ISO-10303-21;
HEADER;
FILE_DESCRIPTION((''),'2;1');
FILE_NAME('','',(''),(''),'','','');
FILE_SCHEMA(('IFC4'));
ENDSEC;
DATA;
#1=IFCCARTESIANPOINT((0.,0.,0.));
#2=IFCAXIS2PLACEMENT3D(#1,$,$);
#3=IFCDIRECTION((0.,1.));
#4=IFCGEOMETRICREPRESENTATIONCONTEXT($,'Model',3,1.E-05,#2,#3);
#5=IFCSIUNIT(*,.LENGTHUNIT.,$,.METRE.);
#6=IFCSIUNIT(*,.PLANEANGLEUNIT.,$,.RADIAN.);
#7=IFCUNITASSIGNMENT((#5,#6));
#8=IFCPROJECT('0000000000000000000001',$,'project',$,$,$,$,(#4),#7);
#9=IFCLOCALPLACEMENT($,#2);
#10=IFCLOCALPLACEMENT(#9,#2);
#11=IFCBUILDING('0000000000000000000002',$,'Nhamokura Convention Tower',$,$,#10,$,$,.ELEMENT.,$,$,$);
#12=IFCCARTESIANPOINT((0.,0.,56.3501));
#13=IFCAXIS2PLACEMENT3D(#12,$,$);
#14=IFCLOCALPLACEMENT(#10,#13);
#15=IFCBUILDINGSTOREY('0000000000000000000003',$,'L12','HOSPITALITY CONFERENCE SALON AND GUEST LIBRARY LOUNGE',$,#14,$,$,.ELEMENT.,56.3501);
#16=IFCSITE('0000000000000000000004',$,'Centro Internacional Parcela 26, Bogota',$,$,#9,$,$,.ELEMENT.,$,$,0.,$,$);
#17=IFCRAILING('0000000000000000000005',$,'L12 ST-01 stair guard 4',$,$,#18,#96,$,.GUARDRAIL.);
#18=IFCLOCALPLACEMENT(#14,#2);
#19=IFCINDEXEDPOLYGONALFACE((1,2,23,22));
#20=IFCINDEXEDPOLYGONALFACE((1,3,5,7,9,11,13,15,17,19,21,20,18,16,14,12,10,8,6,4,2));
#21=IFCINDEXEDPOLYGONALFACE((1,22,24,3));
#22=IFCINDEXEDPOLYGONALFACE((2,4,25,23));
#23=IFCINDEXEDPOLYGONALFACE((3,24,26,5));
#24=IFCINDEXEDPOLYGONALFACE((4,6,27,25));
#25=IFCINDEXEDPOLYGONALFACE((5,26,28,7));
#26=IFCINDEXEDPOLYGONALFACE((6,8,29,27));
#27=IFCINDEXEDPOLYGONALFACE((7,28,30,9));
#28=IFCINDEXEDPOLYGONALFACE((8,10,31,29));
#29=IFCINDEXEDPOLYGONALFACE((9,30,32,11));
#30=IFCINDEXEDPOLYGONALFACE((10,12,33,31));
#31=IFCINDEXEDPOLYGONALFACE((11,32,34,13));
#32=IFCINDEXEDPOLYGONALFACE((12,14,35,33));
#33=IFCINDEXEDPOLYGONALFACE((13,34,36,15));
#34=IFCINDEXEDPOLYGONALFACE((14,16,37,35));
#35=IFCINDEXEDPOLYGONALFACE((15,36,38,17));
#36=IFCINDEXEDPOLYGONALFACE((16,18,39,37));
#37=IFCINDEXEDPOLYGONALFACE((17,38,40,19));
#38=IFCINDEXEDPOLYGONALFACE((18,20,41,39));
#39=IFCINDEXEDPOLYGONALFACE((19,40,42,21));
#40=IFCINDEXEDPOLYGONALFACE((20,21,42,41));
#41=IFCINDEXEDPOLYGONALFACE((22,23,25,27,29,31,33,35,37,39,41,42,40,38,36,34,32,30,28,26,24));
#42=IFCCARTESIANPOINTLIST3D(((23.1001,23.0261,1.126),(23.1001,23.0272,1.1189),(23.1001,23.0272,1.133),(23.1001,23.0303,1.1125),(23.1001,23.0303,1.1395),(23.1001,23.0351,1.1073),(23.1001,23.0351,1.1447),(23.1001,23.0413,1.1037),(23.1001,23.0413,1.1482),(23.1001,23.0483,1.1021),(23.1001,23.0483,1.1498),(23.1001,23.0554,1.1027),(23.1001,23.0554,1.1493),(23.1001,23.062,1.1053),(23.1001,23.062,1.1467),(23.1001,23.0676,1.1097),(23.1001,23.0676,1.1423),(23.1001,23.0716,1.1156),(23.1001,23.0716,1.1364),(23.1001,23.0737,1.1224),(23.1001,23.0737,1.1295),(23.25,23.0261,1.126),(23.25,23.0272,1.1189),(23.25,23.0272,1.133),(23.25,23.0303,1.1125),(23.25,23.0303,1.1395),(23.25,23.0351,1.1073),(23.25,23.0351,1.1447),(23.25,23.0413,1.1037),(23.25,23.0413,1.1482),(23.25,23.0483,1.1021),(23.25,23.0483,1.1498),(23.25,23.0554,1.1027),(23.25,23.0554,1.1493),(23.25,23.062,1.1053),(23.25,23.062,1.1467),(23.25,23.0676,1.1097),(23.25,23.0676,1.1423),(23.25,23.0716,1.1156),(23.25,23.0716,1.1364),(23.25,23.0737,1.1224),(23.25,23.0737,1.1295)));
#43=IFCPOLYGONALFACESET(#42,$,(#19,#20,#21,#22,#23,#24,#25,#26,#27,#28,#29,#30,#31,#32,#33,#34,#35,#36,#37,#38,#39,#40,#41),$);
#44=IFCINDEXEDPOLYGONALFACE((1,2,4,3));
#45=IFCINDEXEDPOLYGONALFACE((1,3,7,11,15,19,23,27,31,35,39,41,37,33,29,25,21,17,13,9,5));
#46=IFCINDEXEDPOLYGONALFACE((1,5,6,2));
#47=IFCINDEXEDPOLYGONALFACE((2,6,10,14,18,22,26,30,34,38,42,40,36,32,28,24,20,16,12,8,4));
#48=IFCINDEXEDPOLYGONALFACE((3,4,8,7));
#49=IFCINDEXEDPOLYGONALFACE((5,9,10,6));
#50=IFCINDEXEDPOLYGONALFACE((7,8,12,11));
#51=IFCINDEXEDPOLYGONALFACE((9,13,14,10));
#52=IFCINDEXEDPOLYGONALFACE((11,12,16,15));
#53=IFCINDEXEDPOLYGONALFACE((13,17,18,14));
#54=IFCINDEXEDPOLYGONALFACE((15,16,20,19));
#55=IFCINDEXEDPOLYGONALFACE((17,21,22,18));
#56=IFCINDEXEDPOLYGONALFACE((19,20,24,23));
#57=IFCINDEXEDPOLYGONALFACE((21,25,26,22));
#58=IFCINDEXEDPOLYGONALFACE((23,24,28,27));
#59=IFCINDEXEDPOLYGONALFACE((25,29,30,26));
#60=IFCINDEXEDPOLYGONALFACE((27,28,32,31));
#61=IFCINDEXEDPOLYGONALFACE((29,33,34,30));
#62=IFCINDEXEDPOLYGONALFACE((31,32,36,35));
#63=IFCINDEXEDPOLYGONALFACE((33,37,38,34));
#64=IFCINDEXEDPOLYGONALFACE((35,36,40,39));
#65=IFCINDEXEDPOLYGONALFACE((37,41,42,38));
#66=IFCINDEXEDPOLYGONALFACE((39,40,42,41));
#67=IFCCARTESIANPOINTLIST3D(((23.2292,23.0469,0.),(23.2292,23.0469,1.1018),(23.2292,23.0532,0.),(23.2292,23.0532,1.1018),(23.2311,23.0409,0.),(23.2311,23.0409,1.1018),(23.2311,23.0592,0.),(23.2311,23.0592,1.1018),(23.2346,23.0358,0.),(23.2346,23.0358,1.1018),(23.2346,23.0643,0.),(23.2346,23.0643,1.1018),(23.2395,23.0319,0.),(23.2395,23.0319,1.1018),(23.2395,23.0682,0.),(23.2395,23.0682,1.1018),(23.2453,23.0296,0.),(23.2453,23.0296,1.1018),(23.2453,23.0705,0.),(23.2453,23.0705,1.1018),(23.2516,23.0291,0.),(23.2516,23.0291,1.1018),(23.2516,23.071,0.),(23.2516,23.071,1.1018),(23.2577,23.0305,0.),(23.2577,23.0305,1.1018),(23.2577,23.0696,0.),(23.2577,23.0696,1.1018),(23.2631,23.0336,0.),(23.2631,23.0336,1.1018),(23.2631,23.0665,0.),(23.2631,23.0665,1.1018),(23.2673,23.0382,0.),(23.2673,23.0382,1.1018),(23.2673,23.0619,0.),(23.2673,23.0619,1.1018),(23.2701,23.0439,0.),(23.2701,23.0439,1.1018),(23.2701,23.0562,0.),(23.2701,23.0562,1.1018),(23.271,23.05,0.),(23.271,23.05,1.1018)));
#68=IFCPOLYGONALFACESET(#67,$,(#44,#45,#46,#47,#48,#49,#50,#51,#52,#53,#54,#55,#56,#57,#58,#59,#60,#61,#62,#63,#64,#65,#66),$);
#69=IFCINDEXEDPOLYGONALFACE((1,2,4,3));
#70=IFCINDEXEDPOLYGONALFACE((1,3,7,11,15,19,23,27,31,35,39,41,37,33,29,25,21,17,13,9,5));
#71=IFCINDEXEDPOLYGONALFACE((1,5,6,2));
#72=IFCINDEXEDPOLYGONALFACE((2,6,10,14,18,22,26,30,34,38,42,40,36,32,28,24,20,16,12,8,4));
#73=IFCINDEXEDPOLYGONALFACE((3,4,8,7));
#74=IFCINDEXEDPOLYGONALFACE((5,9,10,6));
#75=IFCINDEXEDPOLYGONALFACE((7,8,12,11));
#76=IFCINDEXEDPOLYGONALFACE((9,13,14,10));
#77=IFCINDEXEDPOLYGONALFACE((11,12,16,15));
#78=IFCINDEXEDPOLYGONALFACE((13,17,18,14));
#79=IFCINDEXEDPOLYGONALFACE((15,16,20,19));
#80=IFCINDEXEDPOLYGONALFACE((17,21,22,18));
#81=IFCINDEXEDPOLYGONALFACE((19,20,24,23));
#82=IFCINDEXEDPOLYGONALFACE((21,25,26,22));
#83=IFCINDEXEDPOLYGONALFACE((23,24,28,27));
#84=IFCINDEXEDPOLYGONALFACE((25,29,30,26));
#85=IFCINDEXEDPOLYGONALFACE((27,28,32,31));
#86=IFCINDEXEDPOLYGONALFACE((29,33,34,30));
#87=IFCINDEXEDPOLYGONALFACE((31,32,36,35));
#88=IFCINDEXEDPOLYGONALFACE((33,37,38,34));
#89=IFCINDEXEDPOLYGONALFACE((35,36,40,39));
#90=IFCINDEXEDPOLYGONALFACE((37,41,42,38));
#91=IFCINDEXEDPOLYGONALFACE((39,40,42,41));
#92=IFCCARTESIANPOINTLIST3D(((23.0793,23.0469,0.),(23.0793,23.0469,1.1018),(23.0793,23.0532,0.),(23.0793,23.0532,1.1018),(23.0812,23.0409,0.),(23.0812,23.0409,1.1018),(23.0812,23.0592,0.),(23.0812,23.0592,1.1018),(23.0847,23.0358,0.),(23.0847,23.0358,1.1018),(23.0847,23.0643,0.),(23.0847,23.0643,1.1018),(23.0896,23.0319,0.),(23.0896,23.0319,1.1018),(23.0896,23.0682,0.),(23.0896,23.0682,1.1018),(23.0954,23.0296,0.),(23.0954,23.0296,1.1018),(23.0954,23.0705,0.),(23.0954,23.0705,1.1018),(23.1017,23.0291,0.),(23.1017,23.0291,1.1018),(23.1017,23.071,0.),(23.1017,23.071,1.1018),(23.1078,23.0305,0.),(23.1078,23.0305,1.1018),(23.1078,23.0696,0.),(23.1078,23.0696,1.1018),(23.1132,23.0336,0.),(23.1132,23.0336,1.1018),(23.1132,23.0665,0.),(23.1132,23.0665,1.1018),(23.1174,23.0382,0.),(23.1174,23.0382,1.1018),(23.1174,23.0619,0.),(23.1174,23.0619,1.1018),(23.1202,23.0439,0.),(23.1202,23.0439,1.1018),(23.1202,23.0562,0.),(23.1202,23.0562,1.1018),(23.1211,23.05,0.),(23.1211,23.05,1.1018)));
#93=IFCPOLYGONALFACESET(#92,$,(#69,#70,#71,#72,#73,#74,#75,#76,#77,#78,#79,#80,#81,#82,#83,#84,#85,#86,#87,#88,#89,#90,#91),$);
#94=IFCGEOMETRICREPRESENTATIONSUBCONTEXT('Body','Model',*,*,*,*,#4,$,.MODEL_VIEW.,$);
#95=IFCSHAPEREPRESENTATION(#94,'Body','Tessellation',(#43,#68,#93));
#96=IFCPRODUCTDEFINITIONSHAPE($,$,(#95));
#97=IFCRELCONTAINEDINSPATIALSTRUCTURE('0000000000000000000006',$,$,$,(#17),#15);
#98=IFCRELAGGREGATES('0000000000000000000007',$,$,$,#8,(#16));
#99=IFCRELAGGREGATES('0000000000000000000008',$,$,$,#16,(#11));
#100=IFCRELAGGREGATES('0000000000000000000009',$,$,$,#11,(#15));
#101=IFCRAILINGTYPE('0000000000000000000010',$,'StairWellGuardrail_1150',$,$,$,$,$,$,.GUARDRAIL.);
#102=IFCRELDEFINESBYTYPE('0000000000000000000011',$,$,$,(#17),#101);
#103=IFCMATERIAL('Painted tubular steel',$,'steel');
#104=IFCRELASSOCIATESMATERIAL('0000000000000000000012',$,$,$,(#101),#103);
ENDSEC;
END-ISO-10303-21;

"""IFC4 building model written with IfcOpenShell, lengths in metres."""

from ifc_helpers import new_model, si_unit, direction, frame, origin, origin_2d, place, context, subcontext, project, spatial, circle, extrude, material, type_object, element, save


model = new_model("IFC4")

# Units and contexts
model_context = context("Model", 3, precision=1e-05, world=origin(), true_north=direction((0.0, 1.0)))
body_context = subcontext(model_context, "Body", "Model", "MODEL_VIEW")
ifc_project = project(units=[si_unit("LENGTHUNIT", "METRE"), si_unit("PLANEANGLEUNIT", "RADIAN")], contexts=[model_context])

# Site, building, storey
site_placement = place(None, origin())
site = spatial("IfcSite", under=ifc_project, at=site_placement, Name="Centro Internacional Parcela 26, Bogota", CompositionType="ELEMENT", RefElevation=0.0)
building_placement = place(site_placement, origin())
building = spatial("IfcBuilding", under=site, at=building_placement, Name="Nhamokura Convention Tower", CompositionType="ELEMENT")
storey_placement = place(building_placement, frame((0.0, 0.0, 56.3501)))
storey = spatial("IfcBuildingStorey", under=building, at=storey_placement, Name="L12", Description="HOSPITALITY CONFERENCE SALON AND GUEST LIBRARY LOUNGE", CompositionType="ELEMENT", Elevation=56.3501)

# Railing
ifc_material_1 = material(Name="Painted tubular steel", Category="steel")
railing_type_1 = type_object("IfcRailingType", Name="StairWellGuardrail_1150", PredefinedType="GUARDRAIL", material=ifc_material_1)
railing_1_placement = place(storey_placement, frame((23.25, 23.05, 0.0)))
element("IfcRailing", 1, at=railing_1_placement, inside=storey, type_object=railing_type_1, Name="L12 ST-01 stair guard 4", PredefinedType="GUARDRAIL", context=body_context, shape_type="SweptSolid", body=[
    extrude(circle(Radius=0.0239, at=origin_2d()), frame((0.0, 0.0, 1.126), z_axis=(-1.0, 0.0, 0.0), x_axis=(0.0, -1.0, 0.0)), (0.0, 0.0, 1.0), 0.1499),
    extrude(circle(Radius=0.021, at=origin_2d()), origin(), (0.0, 0.0, 1.0), 1.1018),
    extrude(circle(Radius=0.021, at=origin_2d()), frame((-0.1499, 0.0, 0.0)), (0.0, 0.0, 1.0), 1.1018),
])

save(model, "model.ifc")
